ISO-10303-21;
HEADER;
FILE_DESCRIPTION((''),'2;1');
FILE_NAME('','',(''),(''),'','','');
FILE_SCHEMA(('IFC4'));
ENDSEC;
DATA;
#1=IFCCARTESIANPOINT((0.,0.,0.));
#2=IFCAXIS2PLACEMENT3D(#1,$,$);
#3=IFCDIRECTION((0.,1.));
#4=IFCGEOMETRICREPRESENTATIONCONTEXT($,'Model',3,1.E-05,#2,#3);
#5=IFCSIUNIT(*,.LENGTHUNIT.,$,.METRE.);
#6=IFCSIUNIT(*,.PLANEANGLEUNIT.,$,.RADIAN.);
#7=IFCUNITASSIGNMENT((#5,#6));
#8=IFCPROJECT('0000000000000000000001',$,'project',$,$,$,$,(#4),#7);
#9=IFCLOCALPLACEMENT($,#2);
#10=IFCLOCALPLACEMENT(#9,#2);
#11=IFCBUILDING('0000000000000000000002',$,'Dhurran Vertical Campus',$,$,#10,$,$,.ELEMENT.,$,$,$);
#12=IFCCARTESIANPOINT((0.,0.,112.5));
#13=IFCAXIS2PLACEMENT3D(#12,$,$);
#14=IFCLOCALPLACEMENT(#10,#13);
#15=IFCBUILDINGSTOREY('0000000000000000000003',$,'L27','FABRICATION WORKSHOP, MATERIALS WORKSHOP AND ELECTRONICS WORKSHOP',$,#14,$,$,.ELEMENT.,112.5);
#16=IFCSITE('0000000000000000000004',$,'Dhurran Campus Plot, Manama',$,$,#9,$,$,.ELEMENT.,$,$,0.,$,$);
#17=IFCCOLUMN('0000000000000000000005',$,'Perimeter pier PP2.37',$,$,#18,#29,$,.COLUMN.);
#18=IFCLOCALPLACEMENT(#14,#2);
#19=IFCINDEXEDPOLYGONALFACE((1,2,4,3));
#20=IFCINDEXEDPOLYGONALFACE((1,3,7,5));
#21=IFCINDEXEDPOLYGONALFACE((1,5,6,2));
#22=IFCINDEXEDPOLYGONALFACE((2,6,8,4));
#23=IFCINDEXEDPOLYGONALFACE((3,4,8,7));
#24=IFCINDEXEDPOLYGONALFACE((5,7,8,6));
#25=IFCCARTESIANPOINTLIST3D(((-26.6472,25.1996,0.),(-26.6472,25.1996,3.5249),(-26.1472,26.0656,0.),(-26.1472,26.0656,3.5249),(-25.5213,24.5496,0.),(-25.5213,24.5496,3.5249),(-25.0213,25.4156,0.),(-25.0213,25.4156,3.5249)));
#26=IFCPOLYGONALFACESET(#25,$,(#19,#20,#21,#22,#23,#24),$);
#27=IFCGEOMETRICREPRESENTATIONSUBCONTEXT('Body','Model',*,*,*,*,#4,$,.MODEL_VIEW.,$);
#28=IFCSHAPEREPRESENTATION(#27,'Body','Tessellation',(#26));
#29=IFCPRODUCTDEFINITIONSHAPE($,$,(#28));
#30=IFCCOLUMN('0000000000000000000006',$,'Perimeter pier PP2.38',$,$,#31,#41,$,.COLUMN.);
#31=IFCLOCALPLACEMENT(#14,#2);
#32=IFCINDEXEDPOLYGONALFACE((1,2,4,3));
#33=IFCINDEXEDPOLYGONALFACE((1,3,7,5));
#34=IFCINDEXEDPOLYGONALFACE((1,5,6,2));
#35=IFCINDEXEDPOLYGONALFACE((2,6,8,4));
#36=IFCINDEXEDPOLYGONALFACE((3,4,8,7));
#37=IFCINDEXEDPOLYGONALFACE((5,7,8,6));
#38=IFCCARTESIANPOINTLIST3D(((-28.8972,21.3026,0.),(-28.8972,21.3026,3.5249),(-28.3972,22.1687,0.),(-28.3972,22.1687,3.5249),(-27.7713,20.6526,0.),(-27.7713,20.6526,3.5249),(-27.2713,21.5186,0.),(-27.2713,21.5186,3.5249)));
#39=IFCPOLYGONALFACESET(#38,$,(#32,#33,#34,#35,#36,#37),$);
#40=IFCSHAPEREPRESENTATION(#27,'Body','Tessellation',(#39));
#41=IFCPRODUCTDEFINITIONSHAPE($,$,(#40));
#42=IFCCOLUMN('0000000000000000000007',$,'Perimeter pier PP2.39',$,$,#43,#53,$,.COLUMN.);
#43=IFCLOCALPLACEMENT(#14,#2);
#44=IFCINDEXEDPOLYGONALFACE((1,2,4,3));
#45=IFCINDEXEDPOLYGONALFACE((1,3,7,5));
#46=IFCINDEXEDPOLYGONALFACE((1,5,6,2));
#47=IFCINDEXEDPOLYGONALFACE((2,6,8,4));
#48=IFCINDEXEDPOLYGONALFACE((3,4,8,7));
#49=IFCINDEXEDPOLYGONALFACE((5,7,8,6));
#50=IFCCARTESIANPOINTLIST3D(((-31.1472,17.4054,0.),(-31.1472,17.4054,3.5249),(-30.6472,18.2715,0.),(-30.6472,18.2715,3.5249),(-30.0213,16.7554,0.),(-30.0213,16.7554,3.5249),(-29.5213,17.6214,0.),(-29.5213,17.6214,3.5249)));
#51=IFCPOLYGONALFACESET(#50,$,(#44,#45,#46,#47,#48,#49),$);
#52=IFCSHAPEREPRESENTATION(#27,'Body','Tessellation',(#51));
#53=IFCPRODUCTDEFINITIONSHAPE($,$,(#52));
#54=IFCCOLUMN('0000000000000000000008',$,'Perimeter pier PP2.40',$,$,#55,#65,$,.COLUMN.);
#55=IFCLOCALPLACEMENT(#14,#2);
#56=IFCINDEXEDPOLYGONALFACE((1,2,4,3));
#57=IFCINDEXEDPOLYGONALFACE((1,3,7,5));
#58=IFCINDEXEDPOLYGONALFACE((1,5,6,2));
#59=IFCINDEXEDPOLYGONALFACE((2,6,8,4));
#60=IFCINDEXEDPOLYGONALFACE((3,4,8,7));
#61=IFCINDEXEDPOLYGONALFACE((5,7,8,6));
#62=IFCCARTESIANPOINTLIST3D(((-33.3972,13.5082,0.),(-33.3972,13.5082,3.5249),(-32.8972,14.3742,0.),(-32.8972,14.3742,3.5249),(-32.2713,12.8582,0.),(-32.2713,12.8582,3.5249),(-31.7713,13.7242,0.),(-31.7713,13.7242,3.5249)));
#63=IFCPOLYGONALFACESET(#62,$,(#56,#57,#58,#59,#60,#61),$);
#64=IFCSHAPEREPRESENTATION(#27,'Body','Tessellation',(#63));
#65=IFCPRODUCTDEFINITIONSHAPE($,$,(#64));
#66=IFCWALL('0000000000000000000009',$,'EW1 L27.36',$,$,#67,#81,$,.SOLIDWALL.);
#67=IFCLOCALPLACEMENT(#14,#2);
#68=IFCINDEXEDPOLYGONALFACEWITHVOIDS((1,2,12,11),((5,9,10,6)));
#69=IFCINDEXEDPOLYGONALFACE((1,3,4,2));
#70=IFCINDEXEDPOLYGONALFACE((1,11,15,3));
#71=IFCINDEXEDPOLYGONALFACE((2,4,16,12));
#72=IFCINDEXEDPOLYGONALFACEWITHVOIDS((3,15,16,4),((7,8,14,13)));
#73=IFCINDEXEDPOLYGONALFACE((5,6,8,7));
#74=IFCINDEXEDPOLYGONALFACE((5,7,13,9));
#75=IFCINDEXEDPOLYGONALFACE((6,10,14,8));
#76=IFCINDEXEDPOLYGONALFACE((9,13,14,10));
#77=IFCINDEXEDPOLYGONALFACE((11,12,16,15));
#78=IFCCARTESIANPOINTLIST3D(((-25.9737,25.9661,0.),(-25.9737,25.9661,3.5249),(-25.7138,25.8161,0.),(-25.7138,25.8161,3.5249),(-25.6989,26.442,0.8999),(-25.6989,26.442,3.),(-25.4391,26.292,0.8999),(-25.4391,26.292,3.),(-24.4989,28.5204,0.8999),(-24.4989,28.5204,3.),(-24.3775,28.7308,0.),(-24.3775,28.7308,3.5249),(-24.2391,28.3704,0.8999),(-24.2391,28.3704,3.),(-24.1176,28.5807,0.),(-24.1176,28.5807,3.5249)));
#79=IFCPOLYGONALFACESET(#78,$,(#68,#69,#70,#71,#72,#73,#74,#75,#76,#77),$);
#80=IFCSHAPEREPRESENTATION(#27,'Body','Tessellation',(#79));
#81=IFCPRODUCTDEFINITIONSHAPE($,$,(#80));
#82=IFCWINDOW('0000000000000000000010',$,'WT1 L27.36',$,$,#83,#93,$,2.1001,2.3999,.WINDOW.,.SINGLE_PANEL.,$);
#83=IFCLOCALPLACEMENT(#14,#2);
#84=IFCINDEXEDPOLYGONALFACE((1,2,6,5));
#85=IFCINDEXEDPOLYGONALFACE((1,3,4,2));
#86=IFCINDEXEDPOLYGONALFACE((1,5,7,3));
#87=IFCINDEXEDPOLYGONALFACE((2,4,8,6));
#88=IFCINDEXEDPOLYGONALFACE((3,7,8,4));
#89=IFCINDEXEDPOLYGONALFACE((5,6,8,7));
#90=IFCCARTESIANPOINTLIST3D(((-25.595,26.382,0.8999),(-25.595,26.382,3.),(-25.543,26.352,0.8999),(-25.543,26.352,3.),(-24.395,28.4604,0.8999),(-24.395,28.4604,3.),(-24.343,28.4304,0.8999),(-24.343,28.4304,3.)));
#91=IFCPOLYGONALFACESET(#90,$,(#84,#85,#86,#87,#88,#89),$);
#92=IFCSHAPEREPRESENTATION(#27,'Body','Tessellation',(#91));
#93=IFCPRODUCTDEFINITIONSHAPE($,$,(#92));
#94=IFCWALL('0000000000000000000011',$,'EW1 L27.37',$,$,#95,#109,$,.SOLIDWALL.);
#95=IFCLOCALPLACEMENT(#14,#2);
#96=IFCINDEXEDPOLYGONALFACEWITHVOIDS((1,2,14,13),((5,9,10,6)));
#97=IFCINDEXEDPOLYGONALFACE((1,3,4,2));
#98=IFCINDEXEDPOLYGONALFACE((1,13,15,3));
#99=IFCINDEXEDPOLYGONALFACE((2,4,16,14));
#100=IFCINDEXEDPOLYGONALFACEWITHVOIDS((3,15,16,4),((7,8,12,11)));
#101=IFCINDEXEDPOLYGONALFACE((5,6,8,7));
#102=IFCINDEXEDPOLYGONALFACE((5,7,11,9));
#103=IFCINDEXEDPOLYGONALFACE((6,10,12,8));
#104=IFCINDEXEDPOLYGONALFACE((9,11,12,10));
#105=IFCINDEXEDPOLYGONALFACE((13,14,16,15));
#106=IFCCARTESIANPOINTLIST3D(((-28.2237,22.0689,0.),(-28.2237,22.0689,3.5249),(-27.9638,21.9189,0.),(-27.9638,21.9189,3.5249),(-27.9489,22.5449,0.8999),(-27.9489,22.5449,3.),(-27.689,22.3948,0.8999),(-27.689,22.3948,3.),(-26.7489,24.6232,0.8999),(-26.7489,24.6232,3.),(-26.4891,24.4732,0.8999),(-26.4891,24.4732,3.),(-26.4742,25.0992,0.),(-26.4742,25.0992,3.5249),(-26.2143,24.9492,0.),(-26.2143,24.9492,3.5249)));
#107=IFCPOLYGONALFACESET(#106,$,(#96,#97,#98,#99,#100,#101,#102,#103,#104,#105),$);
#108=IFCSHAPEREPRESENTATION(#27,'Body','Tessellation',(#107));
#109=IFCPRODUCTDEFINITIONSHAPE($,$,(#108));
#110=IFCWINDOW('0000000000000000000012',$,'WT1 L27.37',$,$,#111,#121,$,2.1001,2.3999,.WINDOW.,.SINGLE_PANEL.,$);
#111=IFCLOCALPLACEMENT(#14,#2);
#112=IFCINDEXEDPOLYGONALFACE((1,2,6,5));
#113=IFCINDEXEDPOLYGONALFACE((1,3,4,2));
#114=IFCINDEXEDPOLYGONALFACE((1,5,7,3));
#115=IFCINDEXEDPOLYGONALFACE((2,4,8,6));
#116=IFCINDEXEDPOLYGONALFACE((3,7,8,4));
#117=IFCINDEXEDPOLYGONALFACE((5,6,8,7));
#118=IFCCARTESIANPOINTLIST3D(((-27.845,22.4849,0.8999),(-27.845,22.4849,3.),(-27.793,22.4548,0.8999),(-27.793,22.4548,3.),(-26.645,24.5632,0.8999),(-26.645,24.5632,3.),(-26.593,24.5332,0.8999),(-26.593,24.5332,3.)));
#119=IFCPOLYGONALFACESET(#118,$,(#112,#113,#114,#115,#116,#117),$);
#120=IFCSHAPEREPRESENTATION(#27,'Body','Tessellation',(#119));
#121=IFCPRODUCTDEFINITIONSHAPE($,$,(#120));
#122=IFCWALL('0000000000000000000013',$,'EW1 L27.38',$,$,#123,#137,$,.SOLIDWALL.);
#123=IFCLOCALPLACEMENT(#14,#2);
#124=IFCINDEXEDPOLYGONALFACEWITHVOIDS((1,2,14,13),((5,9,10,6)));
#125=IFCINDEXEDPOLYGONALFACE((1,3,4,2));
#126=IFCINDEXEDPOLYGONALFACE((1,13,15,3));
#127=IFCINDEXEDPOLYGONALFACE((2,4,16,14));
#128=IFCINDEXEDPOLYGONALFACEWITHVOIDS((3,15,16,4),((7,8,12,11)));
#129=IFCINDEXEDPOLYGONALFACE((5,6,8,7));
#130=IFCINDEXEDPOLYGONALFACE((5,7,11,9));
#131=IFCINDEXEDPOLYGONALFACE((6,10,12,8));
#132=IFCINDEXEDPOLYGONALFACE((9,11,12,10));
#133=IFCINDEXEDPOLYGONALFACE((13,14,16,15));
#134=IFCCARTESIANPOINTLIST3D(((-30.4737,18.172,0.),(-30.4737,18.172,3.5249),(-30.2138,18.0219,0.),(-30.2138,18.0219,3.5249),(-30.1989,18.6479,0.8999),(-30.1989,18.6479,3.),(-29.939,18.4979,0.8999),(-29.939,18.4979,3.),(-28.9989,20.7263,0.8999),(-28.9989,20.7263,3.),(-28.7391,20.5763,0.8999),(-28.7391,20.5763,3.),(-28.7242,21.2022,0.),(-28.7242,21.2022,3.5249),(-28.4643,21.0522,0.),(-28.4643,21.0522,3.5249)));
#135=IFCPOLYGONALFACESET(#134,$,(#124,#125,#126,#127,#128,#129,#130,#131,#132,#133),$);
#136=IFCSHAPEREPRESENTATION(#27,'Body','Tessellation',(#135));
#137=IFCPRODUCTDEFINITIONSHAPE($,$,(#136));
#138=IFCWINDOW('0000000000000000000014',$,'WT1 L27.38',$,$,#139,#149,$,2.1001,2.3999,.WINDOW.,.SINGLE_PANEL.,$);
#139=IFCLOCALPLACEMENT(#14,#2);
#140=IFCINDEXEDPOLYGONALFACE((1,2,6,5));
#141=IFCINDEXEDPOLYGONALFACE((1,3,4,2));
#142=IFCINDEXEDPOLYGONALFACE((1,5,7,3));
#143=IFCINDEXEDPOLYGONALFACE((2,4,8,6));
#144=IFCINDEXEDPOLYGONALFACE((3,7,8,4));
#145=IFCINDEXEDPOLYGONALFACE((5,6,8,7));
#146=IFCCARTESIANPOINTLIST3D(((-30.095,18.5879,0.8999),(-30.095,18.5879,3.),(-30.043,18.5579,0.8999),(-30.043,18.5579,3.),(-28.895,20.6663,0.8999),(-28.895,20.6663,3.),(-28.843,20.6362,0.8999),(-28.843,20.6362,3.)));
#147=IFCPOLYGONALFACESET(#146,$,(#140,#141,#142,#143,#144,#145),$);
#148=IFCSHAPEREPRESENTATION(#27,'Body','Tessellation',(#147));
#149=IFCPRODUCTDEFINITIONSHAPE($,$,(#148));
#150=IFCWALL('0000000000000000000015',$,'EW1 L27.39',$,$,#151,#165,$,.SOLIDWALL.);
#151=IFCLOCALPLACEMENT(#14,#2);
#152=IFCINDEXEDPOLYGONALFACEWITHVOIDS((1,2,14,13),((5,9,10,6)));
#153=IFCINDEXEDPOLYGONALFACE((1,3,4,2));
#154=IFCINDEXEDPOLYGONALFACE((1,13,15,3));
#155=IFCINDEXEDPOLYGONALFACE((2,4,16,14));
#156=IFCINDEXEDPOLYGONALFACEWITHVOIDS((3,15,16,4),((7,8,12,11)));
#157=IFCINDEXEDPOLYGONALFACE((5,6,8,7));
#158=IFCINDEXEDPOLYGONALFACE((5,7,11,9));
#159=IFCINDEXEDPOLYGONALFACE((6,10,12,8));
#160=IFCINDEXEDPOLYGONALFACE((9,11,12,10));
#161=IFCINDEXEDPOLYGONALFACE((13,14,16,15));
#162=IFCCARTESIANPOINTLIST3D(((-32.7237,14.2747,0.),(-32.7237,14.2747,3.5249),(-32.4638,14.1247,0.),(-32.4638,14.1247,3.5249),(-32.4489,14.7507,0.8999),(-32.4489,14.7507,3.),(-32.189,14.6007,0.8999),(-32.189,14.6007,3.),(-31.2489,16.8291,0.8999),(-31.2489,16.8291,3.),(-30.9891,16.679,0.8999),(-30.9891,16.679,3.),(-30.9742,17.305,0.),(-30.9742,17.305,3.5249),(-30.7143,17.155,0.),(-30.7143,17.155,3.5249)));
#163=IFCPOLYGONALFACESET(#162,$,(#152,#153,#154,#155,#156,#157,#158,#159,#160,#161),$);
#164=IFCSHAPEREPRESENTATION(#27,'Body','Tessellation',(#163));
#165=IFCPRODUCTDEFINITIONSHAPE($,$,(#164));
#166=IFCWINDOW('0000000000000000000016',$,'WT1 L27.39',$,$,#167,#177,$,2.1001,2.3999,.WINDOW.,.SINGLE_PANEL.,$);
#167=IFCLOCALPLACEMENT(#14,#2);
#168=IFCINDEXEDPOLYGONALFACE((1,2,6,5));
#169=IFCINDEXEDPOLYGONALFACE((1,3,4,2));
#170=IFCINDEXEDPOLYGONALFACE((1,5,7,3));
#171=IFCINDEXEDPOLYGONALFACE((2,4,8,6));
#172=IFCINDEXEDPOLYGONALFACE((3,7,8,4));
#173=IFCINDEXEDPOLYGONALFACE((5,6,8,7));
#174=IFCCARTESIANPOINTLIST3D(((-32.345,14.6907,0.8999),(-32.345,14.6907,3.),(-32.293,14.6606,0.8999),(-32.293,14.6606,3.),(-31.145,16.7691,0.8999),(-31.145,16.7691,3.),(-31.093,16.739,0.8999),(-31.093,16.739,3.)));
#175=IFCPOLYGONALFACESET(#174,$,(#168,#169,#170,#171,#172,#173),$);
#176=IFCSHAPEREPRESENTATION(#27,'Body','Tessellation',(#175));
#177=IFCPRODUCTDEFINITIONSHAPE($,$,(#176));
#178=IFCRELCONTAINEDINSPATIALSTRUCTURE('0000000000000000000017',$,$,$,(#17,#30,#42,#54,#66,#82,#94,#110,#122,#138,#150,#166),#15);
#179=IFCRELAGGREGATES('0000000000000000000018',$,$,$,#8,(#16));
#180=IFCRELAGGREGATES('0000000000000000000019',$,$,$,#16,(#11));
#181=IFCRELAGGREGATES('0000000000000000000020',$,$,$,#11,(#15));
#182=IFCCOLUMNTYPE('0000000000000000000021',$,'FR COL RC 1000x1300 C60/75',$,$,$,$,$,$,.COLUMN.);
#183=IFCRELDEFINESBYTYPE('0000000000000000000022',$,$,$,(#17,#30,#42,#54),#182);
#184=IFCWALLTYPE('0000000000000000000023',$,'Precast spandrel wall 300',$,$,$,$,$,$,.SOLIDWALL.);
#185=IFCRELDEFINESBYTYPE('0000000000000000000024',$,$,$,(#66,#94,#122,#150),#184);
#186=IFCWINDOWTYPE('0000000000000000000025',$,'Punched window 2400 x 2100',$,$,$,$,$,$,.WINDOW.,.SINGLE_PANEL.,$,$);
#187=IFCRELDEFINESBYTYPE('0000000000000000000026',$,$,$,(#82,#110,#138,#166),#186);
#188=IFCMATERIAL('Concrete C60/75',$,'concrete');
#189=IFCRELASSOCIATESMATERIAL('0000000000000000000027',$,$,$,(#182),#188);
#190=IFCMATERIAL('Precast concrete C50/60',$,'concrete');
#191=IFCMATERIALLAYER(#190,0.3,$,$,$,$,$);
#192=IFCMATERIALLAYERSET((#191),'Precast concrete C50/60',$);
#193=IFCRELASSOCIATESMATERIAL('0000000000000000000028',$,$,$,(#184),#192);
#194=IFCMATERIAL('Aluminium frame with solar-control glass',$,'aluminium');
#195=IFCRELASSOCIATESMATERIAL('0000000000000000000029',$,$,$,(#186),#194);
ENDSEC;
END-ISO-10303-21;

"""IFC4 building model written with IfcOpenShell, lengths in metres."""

from ifc_helpers import new_model, si_unit, direction, frame, frame_2d, origin, origin_2d, place, context, subcontext, project, spatial, rectangle, extrude, material, layer, layer_set, material_profile, profile_set, type_object, element, fill, save


model = new_model("IFC4")

# Units and contexts
model_context = context("Model", 3, precision=1e-05, world=origin(), true_north=direction((0.0, 1.0)))
body_context = subcontext(model_context, "Body", "Model", "MODEL_VIEW")
ifc_project = project(units=[si_unit("LENGTHUNIT", "METRE"), si_unit("PLANEANGLEUNIT", "RADIAN")], contexts=[model_context])

# Site, building, storey
site_placement = place(None, origin())
site = spatial("IfcSite", under=ifc_project, at=site_placement, Name="Dhurran Campus Plot, Manama", CompositionType="ELEMENT", RefElevation=0.0)
building_placement = place(site_placement, origin())
building = spatial("IfcBuilding", under=site, at=building_placement, Name="Dhurran Vertical Campus", CompositionType="ELEMENT")
storey_placement = place(building_placement, frame((0.0, 0.0, 112.5)))
storey = spatial("IfcBuildingStorey", under=building, at=storey_placement, Name="L27", Description="FABRICATION WORKSHOP, MATERIALS WORKSHOP AND ELECTRONICS WORKSHOP", CompositionType="ELEMENT", Elevation=112.5)

# Columns
ifc_material_1 = material(Name="Concrete C60/75", Category="concrete")
ifc_material_profile = material_profile(ifc_material_1, rectangle(XDim=1.0, YDim=1.3, at=origin_2d()), Name="RC 1000x1300")
ifc_profile_set = profile_set([ifc_material_profile], Name="Concrete C60/75")
column_type = type_object("IfcColumnType", Name="FR COL RC 1000x1300 C60/75", PredefinedType="COLUMN", material=ifc_profile_set)
for number, where, z_axis, x_axis, name in (
    (1, (-25.8342, 25.3076, 0.0), (0.0, 0.0, 1.0), (-0.5, -0.866025, 0.0), "Perimeter pier PP2.37"),
    (2, (-28.0842, 21.4106, 0.0), (0.0, 0.0, 1.0), (-0.5, -0.866025, 0.0), "Perimeter pier PP2.38"),
    (3, (-30.3342, 17.5134, 0.0), (0.0, 0.0, 1.0), (-0.5, -0.866025, 0.0), "Perimeter pier PP2.39"),
    (4, (-32.5842, 13.6162, 0.0), (0.0, 0.0, 1.0), (-0.5, -0.866025, 0.0), "Perimeter pier PP2.40"),
):
    element("IfcColumn", number, at=place(storey_placement, frame(where, z_axis=z_axis, x_axis=x_axis)), inside=storey, type_object=column_type, Name=name, PredefinedType="COLUMN", context=body_context, shape_type="SweptSolid", body=[
        extrude(rectangle(XDim=1.0, YDim=1.3, at=origin_2d()), origin(), (0.0, 0.0, 1.0), 3.5249),
    ])

# Walls, openings, windows
ifc_material_2 = material(Name="Precast concrete C50/60", Category="concrete")
ifc_layer_1 = layer(ifc_material_2, 0.3)
ifc_layer_set_1 = layer_set([ifc_layer_1], Name="Precast concrete C50/60")
wall_type_1 = type_object("IfcWallType", Name="Precast spandrel wall 300", PredefinedType="SOLIDWALL", material=ifc_layer_set_1)
wall_1_placement = place(storey_placement, frame((-24.2476, 28.6558, 0.0), z_axis=(0.0, 0.0, 1.0), x_axis=(-0.500005, -0.866023, 0.0)))
wall_1 = element("IfcWall", 5, at=wall_1_placement, inside=storey, type_object=wall_type_1, Name="EW1 L27.36", PredefinedType="SOLIDWALL", context=body_context, shape_type="SweptSolid", body=[
    extrude(rectangle(XDim=3.1924, YDim=0.3, at=frame_2d((1.5962, 0.0))), origin(), (0.0, 0.0, 1.0), 3.5249),
])
opening_1_placement = place(wall_1_placement, frame((0.2429, 0.0, 0.8999)))
opening_1 = element("IfcOpeningElement", 6, at=opening_1_placement, cuts=wall_1, PredefinedType="OPENING", context=body_context, shape_type="SweptSolid", body=[
    extrude(rectangle(XDim=2.3999, YDim=2.1001, at=frame_2d((1.2, 1.05))), frame((0.0, 0.1599, 0.0), z_axis=(0.0, -1.0, 0.0), x_axis=(1.0, 0.0, 0.0)), (0.0, 0.0, 1.0), 0.3201),
])
ifc_material_3 = material(Name="Aluminium frame with solar-control glass", Category="aluminium")
window_type = type_object("IfcWindowType", Name="Punched window 2400 x 2100", PartitioningType="SINGLE_PANEL", PredefinedType="WINDOW", material=ifc_material_3)
window_1_placement = place(opening_1_placement, origin())
window_1 = element("IfcWindow", 7, at=window_1_placement, inside=storey, type_object=window_type, Name="WT1 L27.36", OverallHeight=2.1001, OverallWidth=2.3999, PartitioningType="SINGLE_PANEL", PredefinedType="WINDOW", context=body_context, shape_type="SweptSolid", body=[
    extrude(rectangle(XDim=2.3999, YDim=2.1001, at=frame_2d((1.2, 1.05))), frame((0.0, 0.03, 0.0), z_axis=(0.0, -1.0, 0.0), x_axis=(1.0, 0.0, 0.0)), (0.0, 0.0, 1.0), 0.0601),
])
fill(opening_1, window_1)
wall_2_placement = place(storey_placement, frame((-26.3442, 25.0242, 0.0), z_axis=(0.0, 0.0, 1.0), x_axis=(-0.499996, -0.866028, 0.0)))
wall_2 = element("IfcWall", 8, at=wall_2_placement, inside=storey, type_object=wall_type_1, Name="EW1 L27.37", PredefinedType="SOLIDWALL", context=body_context, shape_type="SweptSolid", body=[
    extrude(rectangle(XDim=3.499, YDim=0.3, at=frame_2d((1.7495, 0.0))), origin(), (0.0, 0.0, 1.0), 3.5249),
])
opening_2_placement = place(wall_2_placement, frame((0.5496, 0.0, 0.8999)))
opening_2 = element("IfcOpeningElement", 9, at=opening_2_placement, cuts=wall_2, PredefinedType="OPENING", context=body_context, shape_type="SweptSolid", body=[
    extrude(rectangle(XDim=2.3999, YDim=2.1001, at=frame_2d((1.2, 1.05))), frame((0.0, 0.1599, 0.0), z_axis=(0.0, -1.0, 0.0), x_axis=(1.0, 0.0, 0.0)), (0.0, 0.0, 1.0), 0.3201),
])
window_2_placement = place(opening_2_placement, origin())
window_2 = element("IfcWindow", 10, at=window_2_placement, inside=storey, type_object=window_type, Name="WT1 L27.37", OverallHeight=2.1001, OverallWidth=2.3999, PartitioningType="SINGLE_PANEL", PredefinedType="WINDOW", context=body_context, shape_type="SweptSolid", body=[
    extrude(rectangle(XDim=2.3999, YDim=2.1001, at=frame_2d((1.2, 1.05))), frame((0.0, 0.03, 0.0), z_axis=(0.0, -1.0, 0.0), x_axis=(1.0, 0.0, 0.0)), (0.0, 0.0, 1.0), 0.0601),
])
fill(opening_2, window_2)
wall_3_placement = place(storey_placement, frame((-28.5942, 21.1272, 0.0), z_axis=(0.0, 0.0, 1.0), x_axis=(-0.499996, -0.866028, 0.0)))
wall_3 = element("IfcWall", 11, at=wall_3_placement, inside=storey, type_object=wall_type_1, Name="EW1 L27.38", PredefinedType="SOLIDWALL", context=body_context, shape_type="SweptSolid", body=[
    extrude(rectangle(XDim=3.499, YDim=0.3, at=frame_2d((1.7495, 0.0))), origin(), (0.0, 0.0, 1.0), 3.5249),
])
opening_3_placement = place(wall_3_placement, frame((0.5496, 0.0, 0.8999)))
opening_3 = element("IfcOpeningElement", 12, at=opening_3_placement, cuts=wall_3, PredefinedType="OPENING", context=body_context, shape_type="SweptSolid", body=[
    extrude(rectangle(XDim=2.3999, YDim=2.1001, at=frame_2d((1.2, 1.05))), frame((0.0, 0.1599, 0.0), z_axis=(0.0, -1.0, 0.0), x_axis=(1.0, 0.0, 0.0)), (0.0, 0.0, 1.0), 0.3201),
])
window_3_placement = place(opening_3_placement, origin())
window_3 = element("IfcWindow", 13, at=window_3_placement, inside=storey, type_object=window_type, Name="WT1 L27.38", OverallHeight=2.1001, OverallWidth=2.3999, PartitioningType="SINGLE_PANEL", PredefinedType="WINDOW", context=body_context, shape_type="SweptSolid", body=[
    extrude(rectangle(XDim=2.3999, YDim=2.1001, at=frame_2d((1.2, 1.05))), frame((0.0, 0.03, 0.0), z_axis=(0.0, -1.0, 0.0), x_axis=(1.0, 0.0, 0.0)), (0.0, 0.0, 1.0), 0.0601),
])
fill(opening_3, window_3)
wall_4_placement = place(storey_placement, frame((-30.8442, 17.23, 0.0), z_axis=(0.0, 0.0, 1.0), x_axis=(-0.499996, -0.866028, 0.0)))
wall_4 = element("IfcWall", 14, at=wall_4_placement, inside=storey, type_object=wall_type_1, Name="EW1 L27.39", PredefinedType="SOLIDWALL", context=body_context, shape_type="SweptSolid", body=[
    extrude(rectangle(XDim=3.499, YDim=0.3, at=frame_2d((1.7495, 0.0))), origin(), (0.0, 0.0, 1.0), 3.5249),
])
opening_4_placement = place(wall_4_placement, frame((0.5496, 0.0, 0.8999)))
opening_4 = element("IfcOpeningElement", 15, at=opening_4_placement, cuts=wall_4, PredefinedType="OPENING", context=body_context, shape_type="SweptSolid", body=[
    extrude(rectangle(XDim=2.3999, YDim=2.1001, at=frame_2d((1.2, 1.05))), frame((0.0, 0.1599, 0.0), z_axis=(0.0, -1.0, 0.0), x_axis=(1.0, 0.0, 0.0)), (0.0, 0.0, 1.0), 0.3201),
])
window_4_placement = place(opening_4_placement, origin())
window_4 = element("IfcWindow", 16, at=window_4_placement, inside=storey, type_object=window_type, Name="WT1 L27.39", OverallHeight=2.1001, OverallWidth=2.3999, PartitioningType="SINGLE_PANEL", PredefinedType="WINDOW", context=body_context, shape_type="SweptSolid", body=[
    extrude(rectangle(XDim=2.3999, YDim=2.1001, at=frame_2d((1.2, 1.05))), frame((0.0, 0.03, 0.0), z_axis=(0.0, -1.0, 0.0), x_axis=(1.0, 0.0, 0.0)), (0.0, 0.0, 1.0), 0.0601),
])
fill(opening_4, window_4)

save(model, "model.ifc")
